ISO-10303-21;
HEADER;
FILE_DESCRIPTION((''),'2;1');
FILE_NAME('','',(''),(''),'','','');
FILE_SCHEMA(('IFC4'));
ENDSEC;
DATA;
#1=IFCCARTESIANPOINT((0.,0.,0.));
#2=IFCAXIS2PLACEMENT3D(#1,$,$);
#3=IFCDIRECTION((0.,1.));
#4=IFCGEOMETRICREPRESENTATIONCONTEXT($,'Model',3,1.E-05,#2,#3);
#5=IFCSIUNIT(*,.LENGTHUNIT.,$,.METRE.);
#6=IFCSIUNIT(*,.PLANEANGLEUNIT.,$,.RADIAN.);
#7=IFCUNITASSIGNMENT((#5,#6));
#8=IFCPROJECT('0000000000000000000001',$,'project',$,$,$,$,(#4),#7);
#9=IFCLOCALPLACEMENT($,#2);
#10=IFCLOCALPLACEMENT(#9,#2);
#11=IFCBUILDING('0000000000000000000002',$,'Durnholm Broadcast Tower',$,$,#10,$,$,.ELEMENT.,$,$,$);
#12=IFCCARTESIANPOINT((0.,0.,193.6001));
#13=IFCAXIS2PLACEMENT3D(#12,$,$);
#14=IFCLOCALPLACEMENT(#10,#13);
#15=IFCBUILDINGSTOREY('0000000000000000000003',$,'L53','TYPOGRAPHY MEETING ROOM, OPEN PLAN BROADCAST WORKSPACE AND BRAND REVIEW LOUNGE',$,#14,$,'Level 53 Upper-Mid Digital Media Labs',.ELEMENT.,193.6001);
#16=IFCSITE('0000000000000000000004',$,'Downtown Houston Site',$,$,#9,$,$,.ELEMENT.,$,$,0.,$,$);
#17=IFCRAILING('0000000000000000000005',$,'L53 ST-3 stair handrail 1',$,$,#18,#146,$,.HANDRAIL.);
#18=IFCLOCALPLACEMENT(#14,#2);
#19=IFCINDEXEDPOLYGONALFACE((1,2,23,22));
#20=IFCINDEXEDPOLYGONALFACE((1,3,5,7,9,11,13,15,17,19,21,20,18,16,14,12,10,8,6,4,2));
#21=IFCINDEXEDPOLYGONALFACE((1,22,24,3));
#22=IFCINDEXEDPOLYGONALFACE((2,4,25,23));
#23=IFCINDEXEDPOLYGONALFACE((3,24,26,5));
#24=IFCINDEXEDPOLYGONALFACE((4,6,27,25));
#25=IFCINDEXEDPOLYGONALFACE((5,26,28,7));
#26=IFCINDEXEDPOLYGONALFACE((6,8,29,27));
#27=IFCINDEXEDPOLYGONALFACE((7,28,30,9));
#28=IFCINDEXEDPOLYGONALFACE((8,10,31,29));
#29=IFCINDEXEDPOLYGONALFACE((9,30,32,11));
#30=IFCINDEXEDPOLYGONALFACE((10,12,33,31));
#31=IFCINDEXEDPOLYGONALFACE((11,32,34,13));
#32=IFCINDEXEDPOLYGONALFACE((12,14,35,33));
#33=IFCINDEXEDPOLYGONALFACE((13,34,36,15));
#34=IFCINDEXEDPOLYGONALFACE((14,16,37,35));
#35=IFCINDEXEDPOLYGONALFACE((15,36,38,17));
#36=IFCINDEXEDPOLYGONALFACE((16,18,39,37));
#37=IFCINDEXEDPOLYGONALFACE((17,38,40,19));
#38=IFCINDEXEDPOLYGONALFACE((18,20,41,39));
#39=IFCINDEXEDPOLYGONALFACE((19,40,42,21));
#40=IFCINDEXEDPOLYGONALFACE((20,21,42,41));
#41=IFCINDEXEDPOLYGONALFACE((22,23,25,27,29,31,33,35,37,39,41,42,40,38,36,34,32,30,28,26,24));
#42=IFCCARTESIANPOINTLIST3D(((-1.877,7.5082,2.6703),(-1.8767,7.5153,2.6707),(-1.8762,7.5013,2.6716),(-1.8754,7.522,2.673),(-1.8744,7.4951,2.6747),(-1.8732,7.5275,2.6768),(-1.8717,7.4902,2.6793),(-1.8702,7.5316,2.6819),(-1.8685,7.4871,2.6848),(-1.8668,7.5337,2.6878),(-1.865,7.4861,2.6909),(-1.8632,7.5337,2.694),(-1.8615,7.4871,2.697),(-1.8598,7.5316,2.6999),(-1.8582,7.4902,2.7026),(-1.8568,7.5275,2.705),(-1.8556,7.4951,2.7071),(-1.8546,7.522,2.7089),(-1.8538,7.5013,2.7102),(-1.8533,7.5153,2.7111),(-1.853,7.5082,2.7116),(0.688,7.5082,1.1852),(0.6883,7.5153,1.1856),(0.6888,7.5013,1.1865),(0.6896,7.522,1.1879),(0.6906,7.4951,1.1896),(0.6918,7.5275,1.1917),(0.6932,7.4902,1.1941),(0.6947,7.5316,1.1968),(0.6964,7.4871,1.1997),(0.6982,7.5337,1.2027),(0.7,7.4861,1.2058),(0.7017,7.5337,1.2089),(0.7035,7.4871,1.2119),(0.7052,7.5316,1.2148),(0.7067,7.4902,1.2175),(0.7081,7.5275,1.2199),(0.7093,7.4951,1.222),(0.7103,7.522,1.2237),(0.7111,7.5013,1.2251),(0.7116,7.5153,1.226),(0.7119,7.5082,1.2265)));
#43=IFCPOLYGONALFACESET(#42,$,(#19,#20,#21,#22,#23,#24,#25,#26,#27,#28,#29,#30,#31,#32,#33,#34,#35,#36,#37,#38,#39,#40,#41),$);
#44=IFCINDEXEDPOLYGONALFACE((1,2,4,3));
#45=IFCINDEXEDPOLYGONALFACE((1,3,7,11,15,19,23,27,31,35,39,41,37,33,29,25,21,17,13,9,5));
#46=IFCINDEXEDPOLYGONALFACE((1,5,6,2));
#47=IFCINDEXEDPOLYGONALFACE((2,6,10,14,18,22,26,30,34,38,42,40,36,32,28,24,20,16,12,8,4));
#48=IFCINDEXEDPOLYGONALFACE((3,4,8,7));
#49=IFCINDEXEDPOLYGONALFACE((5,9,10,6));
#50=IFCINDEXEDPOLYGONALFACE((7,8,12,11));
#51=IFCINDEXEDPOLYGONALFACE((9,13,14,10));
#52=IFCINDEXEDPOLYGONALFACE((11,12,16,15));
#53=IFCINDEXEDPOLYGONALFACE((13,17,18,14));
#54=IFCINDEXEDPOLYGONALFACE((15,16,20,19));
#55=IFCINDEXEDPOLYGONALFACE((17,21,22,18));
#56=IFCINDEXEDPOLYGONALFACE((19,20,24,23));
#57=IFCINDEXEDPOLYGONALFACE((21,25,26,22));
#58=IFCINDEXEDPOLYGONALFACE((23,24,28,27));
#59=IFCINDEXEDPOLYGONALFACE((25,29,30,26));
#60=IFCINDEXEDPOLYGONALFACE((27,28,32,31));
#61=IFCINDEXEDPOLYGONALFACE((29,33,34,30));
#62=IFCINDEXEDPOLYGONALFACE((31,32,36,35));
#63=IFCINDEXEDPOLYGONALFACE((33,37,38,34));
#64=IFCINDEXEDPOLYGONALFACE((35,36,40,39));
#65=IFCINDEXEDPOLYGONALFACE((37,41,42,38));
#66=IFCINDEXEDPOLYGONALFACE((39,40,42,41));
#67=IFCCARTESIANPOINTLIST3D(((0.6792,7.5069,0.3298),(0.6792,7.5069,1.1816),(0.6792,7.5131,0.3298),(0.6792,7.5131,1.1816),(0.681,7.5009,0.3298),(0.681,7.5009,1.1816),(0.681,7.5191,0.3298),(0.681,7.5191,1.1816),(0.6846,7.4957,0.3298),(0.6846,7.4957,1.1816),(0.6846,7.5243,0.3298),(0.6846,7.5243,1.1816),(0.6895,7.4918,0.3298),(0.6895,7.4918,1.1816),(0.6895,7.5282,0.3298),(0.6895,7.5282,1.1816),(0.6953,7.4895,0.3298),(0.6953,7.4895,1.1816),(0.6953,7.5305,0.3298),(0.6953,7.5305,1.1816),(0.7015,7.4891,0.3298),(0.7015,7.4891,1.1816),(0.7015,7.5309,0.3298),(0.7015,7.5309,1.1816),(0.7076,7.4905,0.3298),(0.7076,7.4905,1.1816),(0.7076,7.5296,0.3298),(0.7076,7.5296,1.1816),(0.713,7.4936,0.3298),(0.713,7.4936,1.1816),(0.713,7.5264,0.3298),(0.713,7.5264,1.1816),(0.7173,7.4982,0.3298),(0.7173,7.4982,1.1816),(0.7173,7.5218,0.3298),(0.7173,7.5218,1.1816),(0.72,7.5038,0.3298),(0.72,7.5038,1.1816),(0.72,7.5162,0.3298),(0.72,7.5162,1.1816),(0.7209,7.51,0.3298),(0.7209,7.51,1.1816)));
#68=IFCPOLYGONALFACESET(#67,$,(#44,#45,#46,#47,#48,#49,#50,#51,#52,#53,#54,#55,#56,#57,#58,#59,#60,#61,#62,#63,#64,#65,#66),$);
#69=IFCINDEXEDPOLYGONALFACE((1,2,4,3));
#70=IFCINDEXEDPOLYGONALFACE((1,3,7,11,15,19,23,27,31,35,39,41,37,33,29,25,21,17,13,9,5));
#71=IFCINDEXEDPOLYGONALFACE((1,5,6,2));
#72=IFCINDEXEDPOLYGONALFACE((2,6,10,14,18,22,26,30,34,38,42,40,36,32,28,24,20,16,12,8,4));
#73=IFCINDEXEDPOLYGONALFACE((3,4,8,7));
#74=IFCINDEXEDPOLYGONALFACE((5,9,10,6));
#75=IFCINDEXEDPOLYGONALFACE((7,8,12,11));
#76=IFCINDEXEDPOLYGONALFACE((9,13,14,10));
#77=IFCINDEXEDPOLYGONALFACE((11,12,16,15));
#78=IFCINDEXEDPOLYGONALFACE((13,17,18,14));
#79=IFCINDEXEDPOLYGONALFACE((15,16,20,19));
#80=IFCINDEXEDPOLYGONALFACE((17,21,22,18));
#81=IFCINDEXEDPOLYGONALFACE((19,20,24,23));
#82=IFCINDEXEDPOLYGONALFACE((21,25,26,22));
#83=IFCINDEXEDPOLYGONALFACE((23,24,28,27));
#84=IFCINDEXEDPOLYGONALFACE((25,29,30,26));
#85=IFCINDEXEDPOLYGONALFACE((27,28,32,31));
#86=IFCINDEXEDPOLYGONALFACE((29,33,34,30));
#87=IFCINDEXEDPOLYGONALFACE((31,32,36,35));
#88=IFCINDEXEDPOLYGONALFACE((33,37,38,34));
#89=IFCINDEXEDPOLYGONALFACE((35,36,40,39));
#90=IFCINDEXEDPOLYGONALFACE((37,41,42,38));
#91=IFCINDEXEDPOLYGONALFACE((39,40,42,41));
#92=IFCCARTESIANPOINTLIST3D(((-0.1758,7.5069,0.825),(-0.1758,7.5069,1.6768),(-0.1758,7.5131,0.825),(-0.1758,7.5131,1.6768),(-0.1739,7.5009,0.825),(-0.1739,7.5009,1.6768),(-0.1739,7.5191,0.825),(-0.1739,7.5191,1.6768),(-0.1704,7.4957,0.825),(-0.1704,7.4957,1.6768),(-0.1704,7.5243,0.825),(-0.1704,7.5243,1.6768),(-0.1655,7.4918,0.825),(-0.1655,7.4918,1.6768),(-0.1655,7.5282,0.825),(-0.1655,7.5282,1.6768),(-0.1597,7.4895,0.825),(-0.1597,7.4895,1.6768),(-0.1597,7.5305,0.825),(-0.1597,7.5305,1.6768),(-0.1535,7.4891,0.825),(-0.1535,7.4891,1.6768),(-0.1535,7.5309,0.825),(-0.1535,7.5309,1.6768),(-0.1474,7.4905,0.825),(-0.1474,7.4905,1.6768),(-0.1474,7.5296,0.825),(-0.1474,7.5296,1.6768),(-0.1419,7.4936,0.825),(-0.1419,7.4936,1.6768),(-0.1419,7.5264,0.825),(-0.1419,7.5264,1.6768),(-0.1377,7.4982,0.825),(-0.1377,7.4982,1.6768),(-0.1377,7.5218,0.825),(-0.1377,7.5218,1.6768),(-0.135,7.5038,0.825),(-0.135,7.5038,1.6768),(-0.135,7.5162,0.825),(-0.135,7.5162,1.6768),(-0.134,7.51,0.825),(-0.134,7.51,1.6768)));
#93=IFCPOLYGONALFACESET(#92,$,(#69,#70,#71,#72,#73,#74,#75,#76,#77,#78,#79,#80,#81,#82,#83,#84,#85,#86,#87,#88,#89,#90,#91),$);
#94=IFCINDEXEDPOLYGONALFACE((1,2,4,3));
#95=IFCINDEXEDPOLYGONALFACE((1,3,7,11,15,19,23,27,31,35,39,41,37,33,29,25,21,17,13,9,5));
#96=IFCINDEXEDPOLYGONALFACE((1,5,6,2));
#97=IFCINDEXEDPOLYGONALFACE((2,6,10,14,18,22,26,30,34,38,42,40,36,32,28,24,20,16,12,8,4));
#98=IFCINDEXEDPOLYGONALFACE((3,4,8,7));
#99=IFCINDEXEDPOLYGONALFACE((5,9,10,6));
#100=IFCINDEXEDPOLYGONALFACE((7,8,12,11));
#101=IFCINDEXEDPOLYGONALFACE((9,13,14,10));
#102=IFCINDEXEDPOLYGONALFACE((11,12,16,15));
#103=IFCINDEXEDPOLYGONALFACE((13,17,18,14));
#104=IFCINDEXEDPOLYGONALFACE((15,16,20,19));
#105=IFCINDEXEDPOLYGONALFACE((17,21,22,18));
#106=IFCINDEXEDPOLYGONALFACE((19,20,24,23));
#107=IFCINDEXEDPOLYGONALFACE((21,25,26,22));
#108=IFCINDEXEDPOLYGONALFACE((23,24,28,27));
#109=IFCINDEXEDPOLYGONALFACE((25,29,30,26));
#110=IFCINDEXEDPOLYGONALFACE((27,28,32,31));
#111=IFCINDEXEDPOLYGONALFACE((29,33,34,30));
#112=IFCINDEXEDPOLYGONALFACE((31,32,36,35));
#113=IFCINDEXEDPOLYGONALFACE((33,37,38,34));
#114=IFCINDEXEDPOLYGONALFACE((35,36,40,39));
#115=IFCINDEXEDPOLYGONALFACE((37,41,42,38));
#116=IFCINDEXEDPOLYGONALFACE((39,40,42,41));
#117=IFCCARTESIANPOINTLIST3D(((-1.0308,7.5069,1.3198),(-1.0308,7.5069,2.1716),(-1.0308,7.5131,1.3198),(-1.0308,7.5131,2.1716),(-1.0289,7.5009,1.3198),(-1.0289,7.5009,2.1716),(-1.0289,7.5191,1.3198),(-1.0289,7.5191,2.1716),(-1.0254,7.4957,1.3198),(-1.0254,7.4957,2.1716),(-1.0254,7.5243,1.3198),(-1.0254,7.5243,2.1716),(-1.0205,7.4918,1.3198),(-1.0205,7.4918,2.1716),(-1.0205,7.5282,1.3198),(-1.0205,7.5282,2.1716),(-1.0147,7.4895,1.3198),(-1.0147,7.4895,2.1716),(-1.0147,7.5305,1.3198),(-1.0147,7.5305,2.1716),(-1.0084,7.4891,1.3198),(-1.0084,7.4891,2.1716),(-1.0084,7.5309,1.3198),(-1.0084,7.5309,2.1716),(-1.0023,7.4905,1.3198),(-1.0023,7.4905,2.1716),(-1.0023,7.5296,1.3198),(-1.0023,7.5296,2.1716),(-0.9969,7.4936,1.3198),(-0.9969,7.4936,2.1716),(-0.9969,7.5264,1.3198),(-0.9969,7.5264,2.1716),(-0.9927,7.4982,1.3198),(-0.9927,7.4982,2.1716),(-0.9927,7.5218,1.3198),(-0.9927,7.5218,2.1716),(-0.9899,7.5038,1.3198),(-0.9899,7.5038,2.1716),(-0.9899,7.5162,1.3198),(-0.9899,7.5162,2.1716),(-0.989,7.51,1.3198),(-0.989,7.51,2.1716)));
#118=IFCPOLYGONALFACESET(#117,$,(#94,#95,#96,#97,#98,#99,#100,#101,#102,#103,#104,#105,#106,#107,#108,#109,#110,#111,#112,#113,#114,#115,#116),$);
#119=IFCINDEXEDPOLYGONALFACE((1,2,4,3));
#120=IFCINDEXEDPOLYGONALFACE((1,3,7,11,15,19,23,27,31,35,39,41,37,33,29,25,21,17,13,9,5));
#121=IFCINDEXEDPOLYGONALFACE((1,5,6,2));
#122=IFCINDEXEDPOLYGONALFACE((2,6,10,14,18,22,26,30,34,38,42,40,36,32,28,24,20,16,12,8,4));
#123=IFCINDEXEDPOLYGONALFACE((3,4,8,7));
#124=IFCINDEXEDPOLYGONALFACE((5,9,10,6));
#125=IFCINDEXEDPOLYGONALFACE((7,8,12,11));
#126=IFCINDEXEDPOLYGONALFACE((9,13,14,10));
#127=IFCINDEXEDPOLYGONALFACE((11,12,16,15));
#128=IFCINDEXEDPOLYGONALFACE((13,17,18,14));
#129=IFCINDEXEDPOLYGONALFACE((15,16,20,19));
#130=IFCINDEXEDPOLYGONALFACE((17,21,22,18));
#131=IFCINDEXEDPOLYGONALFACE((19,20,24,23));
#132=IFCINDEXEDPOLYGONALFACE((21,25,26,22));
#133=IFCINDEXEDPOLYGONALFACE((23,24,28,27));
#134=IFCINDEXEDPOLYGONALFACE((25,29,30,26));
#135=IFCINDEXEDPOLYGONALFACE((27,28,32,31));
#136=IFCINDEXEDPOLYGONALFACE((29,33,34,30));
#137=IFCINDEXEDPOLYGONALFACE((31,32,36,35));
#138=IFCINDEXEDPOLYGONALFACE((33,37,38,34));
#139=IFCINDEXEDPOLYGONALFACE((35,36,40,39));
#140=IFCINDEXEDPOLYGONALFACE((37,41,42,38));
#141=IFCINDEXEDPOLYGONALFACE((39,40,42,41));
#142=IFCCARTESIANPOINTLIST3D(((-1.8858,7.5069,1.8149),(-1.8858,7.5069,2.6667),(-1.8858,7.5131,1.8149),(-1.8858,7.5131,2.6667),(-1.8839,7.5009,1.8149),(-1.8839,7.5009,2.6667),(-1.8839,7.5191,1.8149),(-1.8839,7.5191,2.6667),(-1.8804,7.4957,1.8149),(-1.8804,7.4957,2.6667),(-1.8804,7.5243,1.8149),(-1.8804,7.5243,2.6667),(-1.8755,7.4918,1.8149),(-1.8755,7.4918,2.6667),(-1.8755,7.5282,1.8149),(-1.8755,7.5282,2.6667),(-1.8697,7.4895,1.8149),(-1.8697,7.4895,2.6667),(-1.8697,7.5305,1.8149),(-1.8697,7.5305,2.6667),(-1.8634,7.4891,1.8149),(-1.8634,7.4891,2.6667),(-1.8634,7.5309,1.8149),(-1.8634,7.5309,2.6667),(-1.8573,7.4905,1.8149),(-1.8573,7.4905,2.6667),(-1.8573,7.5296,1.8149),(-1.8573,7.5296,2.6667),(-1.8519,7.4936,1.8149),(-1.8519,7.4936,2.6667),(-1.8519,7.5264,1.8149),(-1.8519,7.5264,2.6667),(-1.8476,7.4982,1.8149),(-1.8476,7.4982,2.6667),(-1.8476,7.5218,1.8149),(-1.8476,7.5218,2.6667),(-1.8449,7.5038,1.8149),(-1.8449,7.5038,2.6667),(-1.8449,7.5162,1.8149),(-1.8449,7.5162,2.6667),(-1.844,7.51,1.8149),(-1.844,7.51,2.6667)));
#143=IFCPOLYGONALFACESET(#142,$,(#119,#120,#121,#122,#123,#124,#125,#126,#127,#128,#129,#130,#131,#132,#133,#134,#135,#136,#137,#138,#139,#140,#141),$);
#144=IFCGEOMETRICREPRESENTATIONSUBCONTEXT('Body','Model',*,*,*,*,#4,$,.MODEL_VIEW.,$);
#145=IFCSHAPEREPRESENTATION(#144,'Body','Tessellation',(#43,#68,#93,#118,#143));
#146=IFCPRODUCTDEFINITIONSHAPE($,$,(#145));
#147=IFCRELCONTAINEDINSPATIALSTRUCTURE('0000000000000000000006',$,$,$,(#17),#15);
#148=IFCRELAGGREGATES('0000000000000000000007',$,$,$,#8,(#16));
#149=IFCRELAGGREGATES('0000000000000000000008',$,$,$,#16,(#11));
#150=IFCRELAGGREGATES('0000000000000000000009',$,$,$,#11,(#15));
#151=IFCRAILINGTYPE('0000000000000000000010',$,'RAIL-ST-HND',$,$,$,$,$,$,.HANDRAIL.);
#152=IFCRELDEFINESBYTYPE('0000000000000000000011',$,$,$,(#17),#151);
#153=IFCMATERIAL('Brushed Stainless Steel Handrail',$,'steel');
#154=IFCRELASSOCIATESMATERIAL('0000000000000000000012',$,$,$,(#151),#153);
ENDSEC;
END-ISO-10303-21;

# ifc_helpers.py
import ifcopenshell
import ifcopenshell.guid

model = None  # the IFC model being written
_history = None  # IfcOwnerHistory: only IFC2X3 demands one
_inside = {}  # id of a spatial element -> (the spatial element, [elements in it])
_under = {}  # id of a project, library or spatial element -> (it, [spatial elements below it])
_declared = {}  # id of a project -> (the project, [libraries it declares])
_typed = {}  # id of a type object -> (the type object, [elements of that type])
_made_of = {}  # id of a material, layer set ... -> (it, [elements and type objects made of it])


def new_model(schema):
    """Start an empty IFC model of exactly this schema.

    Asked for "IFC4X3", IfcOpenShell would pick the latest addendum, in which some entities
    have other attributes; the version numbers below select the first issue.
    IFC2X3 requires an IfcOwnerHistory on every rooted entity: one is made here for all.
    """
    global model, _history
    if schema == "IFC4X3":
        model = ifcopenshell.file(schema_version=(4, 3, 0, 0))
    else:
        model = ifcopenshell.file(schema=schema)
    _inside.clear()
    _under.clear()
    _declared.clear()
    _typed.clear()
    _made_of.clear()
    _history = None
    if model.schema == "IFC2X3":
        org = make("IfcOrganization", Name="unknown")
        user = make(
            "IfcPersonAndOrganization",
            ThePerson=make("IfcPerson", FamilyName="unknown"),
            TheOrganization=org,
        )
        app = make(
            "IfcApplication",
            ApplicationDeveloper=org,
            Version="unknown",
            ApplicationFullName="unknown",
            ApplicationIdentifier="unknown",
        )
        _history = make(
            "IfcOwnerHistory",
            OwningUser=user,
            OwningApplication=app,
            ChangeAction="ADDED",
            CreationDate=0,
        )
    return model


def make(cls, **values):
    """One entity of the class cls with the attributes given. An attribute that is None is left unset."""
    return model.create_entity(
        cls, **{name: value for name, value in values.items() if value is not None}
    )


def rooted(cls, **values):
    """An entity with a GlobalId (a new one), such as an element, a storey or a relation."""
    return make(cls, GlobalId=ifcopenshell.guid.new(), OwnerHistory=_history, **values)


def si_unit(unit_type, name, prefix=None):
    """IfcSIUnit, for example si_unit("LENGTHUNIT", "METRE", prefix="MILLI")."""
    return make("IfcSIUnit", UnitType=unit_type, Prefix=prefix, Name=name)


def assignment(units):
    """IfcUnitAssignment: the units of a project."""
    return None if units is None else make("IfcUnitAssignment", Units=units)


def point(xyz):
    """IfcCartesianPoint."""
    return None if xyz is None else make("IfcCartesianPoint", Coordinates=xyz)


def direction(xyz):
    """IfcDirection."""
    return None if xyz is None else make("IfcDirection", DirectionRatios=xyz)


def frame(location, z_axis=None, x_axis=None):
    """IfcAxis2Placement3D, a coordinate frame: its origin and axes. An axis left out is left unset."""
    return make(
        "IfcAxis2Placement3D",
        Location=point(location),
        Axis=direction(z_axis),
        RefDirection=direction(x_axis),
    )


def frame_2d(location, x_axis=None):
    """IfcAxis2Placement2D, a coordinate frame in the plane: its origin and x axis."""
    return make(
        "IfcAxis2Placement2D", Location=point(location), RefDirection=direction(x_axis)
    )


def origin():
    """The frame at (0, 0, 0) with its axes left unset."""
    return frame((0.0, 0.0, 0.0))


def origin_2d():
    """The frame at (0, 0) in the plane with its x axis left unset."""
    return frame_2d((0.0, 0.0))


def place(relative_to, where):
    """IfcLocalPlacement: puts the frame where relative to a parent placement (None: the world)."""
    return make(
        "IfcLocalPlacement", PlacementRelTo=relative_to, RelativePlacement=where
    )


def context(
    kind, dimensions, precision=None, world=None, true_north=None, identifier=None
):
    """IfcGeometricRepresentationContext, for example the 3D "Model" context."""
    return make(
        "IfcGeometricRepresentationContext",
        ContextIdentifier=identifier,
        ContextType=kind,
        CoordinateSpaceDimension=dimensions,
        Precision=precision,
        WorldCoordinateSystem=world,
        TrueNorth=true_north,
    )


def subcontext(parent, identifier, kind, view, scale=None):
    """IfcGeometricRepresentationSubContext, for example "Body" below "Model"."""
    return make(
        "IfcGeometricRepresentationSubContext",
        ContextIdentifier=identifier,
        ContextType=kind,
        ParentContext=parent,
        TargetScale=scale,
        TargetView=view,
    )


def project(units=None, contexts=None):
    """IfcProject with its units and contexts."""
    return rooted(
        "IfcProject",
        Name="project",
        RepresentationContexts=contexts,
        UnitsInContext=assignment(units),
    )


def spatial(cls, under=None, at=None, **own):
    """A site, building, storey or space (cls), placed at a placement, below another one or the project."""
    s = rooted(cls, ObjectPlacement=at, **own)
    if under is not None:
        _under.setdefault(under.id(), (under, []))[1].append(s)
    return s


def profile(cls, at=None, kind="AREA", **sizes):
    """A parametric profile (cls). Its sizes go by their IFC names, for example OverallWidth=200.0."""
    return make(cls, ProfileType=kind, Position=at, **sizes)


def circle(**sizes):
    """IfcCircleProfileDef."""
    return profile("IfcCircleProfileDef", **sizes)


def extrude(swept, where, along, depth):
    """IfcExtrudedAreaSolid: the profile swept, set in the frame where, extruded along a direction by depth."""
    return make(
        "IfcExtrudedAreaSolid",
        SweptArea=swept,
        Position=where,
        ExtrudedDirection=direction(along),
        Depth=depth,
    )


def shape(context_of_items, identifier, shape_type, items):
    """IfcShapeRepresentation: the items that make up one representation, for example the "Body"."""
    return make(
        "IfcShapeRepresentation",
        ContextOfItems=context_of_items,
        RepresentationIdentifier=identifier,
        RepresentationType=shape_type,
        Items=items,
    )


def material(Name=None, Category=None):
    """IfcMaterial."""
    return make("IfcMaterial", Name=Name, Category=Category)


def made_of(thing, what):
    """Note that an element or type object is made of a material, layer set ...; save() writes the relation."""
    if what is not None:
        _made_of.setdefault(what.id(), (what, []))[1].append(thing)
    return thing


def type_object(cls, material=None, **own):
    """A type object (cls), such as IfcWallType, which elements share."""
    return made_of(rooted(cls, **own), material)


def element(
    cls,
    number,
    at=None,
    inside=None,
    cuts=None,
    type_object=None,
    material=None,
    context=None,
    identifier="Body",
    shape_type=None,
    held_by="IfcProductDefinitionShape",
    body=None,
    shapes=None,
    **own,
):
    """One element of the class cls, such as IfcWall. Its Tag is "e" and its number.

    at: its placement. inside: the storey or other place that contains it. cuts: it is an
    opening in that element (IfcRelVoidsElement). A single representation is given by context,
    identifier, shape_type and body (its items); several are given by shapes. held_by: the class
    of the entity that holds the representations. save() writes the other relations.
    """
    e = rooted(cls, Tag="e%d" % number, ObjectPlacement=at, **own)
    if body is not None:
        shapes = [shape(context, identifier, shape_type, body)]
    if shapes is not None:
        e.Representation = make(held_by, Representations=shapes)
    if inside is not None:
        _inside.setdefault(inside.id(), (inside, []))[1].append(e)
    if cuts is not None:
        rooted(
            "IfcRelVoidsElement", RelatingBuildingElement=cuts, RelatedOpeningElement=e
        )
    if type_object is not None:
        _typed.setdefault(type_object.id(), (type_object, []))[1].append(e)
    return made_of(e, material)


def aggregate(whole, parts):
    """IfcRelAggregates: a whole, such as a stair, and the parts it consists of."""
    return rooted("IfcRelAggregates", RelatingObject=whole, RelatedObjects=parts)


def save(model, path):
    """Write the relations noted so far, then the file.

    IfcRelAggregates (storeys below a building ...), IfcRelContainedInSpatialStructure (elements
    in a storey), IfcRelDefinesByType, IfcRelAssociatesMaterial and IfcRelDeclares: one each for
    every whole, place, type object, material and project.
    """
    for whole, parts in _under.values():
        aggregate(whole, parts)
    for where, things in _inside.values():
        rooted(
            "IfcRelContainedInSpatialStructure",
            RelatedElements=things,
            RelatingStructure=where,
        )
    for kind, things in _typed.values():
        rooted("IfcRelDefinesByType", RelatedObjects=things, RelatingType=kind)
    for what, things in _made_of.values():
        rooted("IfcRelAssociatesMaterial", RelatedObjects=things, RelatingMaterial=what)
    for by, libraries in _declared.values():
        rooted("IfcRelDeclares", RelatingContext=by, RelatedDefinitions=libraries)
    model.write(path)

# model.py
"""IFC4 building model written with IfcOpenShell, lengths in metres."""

from ifc_helpers import new_model, si_unit, direction, frame, origin, origin_2d, place, context, subcontext, project, spatial, circle, extrude, material, type_object, element, save


model = new_model("IFC4")

# Units and contexts
model_context = context("Model", 3, precision=1e-05, world=origin(), true_north=direction((0.0, 1.0)))
body_context = subcontext(model_context, "Body", "Model", "MODEL_VIEW")
ifc_project = project(units=[si_unit("LENGTHUNIT", "METRE"), si_unit("PLANEANGLEUNIT", "RADIAN")], contexts=[model_context])

# Site, building, storey
site_placement = place(None, origin())
site = spatial("IfcSite", under=ifc_project, at=site_placement, Name="Downtown Houston Site", CompositionType="ELEMENT", RefElevation=0.0)
building_placement = place(site_placement, origin())
building = spatial("IfcBuilding", under=site, at=building_placement, Name="Durnholm Broadcast Tower", CompositionType="ELEMENT")
storey_placement = place(building_placement, frame((0.0, 0.0, 193.6001)))
storey = spatial("IfcBuildingStorey", under=building, at=storey_placement, Name="L53", Description="TYPOGRAPHY MEETING ROOM, OPEN PLAN BROADCAST WORKSPACE AND BRAND REVIEW LOUNGE", LongName="Level 53 Upper-Mid Digital Media Labs", CompositionType="ELEMENT", Elevation=193.6001)

# Railing
ifc_material_1 = material(Name="Brushed Stainless Steel Handrail", Category="steel")
railing_type_1 = type_object("IfcRailingType", Name="RAIL-ST-HND", PredefinedType="HANDRAIL", material=ifc_material_1)
railing_1_placement = place(storey_placement, frame((0.7, 7.51, 0.3298)))
element("IfcRailing", 1, at=railing_1_placement, inside=storey, type_object=railing_type_1, Name="L53 ST-3 stair handrail 1", PredefinedType="HANDRAIL", context=body_context, shape_type="SweptSolid", body=[
    extrude(circle(Radius=0.0239, at=origin_2d()), frame((0.0, 0.0, 0.876), z_axis=(-0.865406, 0.0, 0.501072), x_axis=(0.0, -1.0, 0.0)), (0.0, 0.0, 1.0), 2.9639),
    extrude(circle(Radius=0.021, at=origin_2d()), origin(), (0.0, 0.0, 1.0), 0.8518),
    extrude(circle(Radius=0.021, at=origin_2d()), frame((-0.855, 0.0, 0.4951)), (0.0, 0.0, 1.0), 0.8518),
    extrude(circle(Radius=0.021, at=origin_2d()), frame((-1.71, 0.0, 0.99)), (0.0, 0.0, 1.0), 0.8518),
    extrude(circle(Radius=0.021, at=origin_2d()), frame((-2.5649, 0.0, 1.4851)), (0.0, 0.0, 1.0), 0.8518),
])

save(model, "model.ifc")
